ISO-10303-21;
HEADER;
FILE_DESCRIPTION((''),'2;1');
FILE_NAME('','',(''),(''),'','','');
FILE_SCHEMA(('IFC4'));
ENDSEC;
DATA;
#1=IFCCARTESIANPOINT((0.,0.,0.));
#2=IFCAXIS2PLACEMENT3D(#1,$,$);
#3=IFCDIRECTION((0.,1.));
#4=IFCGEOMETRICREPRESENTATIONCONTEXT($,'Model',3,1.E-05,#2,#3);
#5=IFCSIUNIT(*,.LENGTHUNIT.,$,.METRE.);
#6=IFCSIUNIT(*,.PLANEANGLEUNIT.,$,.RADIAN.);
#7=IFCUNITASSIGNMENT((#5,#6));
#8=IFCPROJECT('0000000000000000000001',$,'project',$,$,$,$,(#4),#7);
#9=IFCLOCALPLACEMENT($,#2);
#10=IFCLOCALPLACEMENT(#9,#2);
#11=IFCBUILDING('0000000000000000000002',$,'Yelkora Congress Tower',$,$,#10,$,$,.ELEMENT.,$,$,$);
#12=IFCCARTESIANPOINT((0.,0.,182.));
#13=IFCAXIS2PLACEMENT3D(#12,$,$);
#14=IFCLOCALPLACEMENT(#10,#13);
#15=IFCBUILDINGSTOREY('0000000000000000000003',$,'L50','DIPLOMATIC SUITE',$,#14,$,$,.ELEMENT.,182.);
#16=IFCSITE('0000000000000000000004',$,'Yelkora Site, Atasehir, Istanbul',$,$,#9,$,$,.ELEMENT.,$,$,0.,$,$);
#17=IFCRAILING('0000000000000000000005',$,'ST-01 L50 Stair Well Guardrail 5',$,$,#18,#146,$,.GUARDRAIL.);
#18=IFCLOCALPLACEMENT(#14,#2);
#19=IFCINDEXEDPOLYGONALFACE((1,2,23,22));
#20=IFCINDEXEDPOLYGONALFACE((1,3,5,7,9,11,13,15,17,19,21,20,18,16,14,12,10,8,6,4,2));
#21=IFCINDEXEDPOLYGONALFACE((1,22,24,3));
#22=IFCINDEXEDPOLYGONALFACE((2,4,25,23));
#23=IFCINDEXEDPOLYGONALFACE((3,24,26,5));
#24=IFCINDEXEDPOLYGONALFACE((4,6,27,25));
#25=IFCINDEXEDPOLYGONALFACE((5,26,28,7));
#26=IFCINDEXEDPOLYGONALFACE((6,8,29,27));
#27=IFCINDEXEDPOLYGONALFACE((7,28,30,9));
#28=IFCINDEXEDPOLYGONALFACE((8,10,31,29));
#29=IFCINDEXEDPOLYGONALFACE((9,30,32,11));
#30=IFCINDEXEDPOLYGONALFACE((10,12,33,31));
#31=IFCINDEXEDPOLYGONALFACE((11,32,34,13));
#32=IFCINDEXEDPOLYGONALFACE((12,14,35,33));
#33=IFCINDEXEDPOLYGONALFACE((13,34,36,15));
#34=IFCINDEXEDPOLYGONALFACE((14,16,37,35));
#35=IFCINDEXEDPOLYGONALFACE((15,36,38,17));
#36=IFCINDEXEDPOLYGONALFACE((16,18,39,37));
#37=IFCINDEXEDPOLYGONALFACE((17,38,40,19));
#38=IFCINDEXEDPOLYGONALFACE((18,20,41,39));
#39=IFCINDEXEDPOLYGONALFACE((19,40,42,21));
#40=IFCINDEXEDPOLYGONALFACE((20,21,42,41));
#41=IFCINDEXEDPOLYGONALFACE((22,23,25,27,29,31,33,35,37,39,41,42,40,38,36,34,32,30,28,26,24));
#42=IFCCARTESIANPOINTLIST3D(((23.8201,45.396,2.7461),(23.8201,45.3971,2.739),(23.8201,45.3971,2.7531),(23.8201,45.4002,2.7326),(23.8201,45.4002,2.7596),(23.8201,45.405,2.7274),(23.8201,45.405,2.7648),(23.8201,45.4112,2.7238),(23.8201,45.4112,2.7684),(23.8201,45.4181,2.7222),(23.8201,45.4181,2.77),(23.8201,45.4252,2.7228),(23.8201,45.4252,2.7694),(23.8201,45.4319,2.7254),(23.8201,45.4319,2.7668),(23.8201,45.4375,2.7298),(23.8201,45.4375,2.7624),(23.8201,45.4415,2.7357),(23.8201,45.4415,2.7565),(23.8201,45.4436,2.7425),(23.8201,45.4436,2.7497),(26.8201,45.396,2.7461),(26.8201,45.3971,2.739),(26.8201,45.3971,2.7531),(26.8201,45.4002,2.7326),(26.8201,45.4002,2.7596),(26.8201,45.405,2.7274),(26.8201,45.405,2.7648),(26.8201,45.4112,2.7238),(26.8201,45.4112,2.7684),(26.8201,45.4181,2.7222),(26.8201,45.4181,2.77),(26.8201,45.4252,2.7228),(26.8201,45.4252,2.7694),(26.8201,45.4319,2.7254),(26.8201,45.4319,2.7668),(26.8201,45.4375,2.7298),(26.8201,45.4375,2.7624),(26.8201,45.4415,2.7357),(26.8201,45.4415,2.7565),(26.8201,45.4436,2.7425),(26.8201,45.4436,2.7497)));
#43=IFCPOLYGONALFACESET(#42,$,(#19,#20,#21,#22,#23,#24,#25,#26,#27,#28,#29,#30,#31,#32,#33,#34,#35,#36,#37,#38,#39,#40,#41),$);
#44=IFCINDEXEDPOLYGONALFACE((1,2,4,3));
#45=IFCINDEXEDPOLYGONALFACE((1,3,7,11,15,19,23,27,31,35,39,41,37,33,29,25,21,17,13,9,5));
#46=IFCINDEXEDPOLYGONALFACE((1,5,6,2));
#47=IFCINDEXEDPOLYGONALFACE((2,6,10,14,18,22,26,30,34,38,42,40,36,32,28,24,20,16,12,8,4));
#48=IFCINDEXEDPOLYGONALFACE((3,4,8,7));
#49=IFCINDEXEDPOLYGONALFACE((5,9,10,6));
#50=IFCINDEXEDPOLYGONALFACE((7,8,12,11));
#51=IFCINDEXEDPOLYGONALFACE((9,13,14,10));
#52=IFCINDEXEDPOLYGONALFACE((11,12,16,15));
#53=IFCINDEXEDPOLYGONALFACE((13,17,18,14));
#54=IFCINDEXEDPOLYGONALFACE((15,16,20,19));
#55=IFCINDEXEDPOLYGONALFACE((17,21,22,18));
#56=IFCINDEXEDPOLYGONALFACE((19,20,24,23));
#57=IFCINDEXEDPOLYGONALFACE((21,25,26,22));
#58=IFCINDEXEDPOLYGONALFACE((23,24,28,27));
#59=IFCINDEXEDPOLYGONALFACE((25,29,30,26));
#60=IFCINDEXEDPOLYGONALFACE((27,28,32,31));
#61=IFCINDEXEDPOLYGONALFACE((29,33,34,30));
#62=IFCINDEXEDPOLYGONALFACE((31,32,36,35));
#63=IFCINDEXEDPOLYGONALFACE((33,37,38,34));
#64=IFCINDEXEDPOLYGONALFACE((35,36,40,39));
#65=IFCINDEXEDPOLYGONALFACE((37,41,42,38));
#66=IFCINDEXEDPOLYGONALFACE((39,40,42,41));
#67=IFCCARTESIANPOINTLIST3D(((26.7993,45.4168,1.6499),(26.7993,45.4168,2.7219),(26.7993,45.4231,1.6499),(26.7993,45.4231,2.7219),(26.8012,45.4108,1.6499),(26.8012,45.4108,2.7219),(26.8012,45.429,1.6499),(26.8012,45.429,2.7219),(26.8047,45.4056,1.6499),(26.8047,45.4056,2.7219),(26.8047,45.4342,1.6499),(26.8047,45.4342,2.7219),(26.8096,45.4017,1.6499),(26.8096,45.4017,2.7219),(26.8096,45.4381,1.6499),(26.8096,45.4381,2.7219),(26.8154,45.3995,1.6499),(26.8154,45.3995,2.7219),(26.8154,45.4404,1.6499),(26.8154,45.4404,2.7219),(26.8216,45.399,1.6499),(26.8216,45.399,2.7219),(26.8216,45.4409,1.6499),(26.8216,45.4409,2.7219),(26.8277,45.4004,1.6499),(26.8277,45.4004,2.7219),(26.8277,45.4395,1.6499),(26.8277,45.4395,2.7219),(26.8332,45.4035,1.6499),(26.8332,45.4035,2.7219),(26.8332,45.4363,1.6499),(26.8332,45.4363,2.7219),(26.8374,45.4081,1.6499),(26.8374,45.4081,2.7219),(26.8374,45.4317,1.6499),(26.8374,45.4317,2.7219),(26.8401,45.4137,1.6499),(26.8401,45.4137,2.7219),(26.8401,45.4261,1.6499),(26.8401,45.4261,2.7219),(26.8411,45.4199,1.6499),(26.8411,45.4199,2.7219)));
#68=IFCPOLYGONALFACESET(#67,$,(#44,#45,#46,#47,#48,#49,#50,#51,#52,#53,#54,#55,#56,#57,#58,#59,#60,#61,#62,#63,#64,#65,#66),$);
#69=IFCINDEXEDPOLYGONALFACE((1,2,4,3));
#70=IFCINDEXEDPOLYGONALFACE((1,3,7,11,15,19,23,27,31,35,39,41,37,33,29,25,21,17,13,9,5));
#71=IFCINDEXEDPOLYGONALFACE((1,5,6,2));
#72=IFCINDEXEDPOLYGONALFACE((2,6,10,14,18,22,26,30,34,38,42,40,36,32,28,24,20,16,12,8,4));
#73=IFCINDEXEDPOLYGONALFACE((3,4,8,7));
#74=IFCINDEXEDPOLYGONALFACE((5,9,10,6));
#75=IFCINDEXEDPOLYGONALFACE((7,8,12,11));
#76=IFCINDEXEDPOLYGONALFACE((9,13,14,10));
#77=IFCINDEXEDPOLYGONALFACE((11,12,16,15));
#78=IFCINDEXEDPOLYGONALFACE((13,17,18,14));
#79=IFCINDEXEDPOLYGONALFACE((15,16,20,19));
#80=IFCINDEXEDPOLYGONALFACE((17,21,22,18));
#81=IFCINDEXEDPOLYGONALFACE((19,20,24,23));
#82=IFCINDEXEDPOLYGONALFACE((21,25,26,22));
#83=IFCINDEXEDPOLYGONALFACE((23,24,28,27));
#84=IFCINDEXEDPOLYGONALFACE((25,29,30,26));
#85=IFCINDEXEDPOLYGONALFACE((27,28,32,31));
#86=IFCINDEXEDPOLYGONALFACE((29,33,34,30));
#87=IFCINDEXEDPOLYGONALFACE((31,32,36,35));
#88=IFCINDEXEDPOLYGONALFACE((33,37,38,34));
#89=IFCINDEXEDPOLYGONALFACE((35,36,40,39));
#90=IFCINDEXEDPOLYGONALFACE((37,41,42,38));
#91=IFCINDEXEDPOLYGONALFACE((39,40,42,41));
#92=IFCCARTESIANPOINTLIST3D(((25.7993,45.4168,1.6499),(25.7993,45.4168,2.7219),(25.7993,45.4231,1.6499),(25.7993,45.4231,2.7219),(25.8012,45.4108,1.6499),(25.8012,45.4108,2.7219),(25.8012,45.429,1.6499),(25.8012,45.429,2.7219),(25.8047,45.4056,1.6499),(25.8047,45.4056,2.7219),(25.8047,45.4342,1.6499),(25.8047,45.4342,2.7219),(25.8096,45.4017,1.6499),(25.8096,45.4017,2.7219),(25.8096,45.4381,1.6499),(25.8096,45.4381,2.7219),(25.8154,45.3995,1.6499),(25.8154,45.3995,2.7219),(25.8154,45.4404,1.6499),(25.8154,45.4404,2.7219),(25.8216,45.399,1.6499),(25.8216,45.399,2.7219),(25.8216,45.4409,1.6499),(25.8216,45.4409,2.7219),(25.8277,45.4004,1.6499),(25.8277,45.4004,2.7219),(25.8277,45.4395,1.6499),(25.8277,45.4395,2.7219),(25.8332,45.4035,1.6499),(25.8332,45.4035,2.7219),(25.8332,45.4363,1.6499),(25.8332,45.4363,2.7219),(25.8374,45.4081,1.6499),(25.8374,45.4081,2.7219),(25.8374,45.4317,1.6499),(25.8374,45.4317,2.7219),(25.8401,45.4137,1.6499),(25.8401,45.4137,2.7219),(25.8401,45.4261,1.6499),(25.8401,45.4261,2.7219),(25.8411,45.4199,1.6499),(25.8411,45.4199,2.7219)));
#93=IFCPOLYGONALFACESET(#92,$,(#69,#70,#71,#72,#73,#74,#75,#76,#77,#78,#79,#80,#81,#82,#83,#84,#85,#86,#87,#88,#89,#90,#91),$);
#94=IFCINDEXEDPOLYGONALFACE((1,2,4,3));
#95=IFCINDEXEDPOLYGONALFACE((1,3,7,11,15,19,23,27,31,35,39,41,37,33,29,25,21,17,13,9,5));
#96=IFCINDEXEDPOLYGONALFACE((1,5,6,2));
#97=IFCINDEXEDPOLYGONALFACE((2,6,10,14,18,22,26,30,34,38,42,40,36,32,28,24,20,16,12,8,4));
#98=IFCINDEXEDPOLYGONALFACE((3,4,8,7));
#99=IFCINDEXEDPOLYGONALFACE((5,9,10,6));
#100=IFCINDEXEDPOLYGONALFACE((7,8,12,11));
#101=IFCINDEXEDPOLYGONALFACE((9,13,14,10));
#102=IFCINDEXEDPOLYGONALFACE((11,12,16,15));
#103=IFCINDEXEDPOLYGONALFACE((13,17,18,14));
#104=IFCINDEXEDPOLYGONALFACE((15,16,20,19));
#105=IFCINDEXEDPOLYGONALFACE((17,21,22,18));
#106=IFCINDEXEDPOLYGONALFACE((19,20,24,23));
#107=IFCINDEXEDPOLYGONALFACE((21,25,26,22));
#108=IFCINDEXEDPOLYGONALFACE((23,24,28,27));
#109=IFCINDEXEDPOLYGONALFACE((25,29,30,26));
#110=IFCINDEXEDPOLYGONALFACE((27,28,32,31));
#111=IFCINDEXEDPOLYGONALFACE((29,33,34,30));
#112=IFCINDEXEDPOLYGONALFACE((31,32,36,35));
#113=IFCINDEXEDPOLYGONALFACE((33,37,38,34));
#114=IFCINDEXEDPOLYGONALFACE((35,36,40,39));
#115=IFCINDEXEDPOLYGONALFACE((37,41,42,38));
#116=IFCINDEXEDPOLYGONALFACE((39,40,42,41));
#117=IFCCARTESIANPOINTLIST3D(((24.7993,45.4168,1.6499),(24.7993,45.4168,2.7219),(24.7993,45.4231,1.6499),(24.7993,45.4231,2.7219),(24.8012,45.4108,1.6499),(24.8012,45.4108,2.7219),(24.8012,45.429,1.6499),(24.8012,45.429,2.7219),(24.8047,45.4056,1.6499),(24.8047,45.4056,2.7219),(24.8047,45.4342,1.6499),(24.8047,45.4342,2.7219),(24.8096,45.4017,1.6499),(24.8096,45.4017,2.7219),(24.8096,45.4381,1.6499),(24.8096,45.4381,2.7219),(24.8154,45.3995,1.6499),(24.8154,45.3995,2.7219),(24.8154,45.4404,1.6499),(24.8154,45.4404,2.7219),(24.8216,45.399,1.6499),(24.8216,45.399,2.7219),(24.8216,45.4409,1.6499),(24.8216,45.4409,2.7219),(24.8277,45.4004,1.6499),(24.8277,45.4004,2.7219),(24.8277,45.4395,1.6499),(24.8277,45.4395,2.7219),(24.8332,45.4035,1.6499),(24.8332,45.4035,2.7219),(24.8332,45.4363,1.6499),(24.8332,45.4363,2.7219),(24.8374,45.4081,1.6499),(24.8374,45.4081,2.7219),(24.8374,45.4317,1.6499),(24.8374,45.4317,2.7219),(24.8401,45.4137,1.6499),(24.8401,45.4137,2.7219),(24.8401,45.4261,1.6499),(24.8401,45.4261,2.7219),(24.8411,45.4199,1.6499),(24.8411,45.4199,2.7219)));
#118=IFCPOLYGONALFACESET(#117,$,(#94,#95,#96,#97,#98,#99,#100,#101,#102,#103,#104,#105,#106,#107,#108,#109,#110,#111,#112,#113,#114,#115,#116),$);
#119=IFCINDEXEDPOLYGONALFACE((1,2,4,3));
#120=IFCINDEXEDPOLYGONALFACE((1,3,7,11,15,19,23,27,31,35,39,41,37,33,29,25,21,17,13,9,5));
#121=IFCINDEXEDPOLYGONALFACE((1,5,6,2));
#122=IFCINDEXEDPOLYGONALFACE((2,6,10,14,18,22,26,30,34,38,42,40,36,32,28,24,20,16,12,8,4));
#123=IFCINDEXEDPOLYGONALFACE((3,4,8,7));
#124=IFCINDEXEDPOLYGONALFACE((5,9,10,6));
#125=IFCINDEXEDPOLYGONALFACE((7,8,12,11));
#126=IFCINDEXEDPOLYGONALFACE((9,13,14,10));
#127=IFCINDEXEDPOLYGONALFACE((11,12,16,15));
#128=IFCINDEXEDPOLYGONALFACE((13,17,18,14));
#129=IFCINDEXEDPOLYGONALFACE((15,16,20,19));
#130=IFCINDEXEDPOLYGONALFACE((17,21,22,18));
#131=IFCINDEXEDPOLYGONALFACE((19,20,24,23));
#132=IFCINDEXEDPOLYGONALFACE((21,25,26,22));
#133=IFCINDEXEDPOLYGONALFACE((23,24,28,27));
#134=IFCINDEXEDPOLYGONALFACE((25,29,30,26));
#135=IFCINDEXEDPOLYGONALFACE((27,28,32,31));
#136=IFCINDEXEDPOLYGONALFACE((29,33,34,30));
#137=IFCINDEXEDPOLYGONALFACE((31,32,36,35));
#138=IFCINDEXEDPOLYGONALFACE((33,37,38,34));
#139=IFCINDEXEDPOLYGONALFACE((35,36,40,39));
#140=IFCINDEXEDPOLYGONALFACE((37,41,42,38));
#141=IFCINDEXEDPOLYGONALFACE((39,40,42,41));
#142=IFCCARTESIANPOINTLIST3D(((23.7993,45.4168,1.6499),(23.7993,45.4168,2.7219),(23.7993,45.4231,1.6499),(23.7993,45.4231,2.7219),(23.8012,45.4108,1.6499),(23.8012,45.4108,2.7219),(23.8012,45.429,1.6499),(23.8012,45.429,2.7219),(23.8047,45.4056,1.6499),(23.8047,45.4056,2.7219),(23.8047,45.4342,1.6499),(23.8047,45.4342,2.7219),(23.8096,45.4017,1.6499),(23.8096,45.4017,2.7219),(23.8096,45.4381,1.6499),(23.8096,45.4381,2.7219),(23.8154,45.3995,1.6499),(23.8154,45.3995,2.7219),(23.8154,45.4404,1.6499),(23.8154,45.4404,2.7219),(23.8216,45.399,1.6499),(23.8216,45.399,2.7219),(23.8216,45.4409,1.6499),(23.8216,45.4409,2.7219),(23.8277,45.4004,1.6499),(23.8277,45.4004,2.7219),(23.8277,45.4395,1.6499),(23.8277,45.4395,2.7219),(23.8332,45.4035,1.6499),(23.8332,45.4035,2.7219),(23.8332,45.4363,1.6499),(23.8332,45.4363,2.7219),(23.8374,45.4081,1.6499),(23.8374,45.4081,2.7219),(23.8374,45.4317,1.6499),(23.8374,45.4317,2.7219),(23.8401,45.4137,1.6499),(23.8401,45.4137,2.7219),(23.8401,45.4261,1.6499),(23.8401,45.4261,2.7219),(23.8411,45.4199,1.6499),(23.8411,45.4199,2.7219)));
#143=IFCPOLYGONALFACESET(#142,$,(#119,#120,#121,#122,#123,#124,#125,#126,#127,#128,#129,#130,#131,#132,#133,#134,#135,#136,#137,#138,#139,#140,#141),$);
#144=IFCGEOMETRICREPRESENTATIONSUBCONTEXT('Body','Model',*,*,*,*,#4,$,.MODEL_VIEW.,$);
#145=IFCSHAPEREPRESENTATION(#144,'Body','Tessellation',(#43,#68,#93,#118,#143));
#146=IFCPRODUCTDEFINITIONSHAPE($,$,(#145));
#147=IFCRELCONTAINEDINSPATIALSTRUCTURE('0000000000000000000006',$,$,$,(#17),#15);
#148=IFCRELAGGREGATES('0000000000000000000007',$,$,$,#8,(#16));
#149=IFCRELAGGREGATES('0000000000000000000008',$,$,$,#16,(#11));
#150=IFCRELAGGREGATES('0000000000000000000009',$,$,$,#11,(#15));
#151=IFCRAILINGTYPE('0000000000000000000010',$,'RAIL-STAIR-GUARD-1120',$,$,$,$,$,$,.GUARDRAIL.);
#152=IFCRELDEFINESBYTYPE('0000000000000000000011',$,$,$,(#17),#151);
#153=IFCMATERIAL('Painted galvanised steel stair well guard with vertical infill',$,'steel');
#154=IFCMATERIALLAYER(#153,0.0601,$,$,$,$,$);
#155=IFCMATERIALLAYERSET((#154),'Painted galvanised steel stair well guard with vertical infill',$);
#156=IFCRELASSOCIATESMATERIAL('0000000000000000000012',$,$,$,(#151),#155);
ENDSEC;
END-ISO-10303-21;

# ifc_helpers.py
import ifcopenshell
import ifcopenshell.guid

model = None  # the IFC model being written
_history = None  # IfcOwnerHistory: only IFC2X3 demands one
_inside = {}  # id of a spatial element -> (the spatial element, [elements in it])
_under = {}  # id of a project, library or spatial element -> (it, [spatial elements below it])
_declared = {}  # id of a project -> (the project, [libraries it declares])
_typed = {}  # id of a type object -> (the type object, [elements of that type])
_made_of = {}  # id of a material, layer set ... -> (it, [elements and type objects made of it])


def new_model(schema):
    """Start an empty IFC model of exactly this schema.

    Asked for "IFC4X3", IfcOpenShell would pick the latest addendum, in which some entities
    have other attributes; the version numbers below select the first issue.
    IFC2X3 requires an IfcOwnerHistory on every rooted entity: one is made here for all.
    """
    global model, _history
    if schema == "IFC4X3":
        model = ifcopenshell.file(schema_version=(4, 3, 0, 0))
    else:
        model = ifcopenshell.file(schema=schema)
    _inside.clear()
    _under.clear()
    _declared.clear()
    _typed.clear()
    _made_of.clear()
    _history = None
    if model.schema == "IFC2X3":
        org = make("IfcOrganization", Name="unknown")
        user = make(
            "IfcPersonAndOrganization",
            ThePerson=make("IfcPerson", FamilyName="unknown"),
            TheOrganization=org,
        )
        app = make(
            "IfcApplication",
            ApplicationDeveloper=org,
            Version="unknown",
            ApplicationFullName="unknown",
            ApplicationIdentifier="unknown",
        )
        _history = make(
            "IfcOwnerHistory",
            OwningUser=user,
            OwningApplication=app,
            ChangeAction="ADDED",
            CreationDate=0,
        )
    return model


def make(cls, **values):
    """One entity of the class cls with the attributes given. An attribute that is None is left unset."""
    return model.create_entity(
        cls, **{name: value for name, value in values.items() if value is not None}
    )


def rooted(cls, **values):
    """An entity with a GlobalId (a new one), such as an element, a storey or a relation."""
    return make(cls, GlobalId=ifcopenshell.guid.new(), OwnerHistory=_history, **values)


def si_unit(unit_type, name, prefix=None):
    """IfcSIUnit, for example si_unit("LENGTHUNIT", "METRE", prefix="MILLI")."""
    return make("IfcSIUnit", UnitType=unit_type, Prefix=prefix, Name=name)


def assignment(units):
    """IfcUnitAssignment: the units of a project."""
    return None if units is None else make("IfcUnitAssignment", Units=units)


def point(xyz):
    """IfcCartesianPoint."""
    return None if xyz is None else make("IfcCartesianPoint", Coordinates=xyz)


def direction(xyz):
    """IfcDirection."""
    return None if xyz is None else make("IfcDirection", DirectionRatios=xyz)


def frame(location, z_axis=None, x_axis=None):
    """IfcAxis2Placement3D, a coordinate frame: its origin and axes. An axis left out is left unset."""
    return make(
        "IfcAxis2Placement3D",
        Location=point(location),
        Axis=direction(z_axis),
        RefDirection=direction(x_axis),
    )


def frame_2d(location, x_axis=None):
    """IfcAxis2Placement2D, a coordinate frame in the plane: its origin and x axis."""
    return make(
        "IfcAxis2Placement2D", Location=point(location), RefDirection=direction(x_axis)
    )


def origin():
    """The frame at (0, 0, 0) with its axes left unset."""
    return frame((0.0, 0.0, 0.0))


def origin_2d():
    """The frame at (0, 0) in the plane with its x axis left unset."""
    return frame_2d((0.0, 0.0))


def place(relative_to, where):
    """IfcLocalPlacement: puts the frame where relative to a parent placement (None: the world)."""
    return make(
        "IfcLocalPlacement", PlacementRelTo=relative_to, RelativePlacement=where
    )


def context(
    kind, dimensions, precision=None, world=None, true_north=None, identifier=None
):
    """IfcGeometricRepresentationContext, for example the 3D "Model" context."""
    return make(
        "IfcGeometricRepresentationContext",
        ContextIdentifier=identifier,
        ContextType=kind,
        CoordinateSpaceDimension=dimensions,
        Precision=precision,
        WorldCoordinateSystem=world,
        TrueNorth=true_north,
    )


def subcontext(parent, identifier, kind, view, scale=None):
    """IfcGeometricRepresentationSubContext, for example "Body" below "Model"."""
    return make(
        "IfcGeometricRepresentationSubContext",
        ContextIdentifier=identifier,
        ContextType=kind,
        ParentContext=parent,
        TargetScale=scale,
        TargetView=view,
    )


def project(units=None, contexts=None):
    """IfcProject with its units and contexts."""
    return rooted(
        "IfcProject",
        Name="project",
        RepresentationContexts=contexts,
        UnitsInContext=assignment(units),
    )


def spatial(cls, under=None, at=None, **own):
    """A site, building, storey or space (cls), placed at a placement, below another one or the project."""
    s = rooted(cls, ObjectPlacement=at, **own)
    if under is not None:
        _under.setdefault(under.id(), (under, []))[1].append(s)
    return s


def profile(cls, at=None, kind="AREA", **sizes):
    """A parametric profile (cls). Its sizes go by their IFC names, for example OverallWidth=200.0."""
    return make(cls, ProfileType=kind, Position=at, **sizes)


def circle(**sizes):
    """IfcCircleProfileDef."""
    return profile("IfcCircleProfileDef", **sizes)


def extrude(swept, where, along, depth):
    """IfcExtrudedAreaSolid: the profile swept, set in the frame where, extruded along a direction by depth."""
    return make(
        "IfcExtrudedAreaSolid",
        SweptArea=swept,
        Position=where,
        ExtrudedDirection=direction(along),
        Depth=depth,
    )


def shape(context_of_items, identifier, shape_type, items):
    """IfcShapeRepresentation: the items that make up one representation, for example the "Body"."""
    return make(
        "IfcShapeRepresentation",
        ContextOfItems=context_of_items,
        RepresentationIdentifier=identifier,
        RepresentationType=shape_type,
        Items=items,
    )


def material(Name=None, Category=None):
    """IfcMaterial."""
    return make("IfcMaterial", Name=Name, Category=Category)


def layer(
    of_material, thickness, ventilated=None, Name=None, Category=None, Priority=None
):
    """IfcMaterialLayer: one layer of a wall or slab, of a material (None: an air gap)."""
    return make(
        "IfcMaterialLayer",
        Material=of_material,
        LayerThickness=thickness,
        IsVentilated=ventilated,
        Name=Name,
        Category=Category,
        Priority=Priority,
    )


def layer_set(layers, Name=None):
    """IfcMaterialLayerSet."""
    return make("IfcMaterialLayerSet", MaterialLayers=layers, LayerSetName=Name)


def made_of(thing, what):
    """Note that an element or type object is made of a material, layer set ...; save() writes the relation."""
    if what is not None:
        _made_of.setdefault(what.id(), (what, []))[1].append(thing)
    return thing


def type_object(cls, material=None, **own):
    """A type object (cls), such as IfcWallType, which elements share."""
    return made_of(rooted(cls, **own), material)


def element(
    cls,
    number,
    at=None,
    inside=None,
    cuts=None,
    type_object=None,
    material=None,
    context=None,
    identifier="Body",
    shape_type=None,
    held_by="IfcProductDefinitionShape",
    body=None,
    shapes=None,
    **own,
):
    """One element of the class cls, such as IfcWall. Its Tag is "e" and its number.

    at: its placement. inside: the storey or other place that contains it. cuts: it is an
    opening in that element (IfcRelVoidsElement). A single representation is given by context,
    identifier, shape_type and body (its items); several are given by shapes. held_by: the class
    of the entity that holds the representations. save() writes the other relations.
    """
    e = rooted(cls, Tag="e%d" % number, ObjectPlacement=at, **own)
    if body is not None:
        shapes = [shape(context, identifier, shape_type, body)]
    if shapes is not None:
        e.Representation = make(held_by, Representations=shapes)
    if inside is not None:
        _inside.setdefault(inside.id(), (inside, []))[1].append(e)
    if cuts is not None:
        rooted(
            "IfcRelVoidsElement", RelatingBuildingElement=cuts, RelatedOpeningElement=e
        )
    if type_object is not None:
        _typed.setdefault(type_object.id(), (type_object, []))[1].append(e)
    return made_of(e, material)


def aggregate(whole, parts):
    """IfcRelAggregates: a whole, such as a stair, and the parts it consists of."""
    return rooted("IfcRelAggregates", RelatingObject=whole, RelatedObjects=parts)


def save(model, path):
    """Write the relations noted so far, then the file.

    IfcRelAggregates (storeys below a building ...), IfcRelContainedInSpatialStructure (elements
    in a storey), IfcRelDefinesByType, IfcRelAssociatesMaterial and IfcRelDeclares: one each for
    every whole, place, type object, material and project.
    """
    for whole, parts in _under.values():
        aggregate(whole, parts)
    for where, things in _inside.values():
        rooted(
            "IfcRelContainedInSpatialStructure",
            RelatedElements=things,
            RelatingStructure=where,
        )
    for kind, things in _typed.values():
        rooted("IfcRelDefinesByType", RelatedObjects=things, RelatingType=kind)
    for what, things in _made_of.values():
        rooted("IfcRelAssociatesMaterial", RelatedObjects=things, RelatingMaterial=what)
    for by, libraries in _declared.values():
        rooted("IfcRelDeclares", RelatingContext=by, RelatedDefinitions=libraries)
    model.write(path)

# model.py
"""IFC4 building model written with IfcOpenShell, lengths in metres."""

from ifc_helpers import new_model, si_unit, direction, frame, origin, origin_2d, place, context, subcontext, project, spatial, circle, extrude, material, layer, layer_set, type_object, element, save


model = new_model("IFC4")

# Units and contexts
model_context = context("Model", 3, precision=1e-05, world=origin(), true_north=direction((0.0, 1.0)))
body_context = subcontext(model_context, "Body", "Model", "MODEL_VIEW")
ifc_project = project(units=[si_unit("LENGTHUNIT", "METRE"), si_unit("PLANEANGLEUNIT", "RADIAN")], contexts=[model_context])

# Site, building, storey
site_placement = place(None, origin())
site = spatial("IfcSite", under=ifc_project, at=site_placement, Name="Yelkora Site, Atasehir, Istanbul", CompositionType="ELEMENT", RefElevation=0.0)
building_placement = place(site_placement, origin())
building = spatial("IfcBuilding", under=site, at=building_placement, Name="Yelkora Congress Tower", CompositionType="ELEMENT")
storey_placement = place(building_placement, frame((0.0, 0.0, 182.0)))
storey = spatial("IfcBuildingStorey", under=building, at=storey_placement, Name="L50", Description="DIPLOMATIC SUITE", CompositionType="ELEMENT", Elevation=182.0)

# Railing
ifc_material_1 = material(Name="Painted galvanised steel stair well guard with vertical infill", Category="steel")
ifc_layer_1 = layer(ifc_material_1, 0.0601)
ifc_layer_set_1 = layer_set([ifc_layer_1], Name="Painted galvanised steel stair well guard with vertical infill")
railing_type_1 = type_object("IfcRailingType", Name="RAIL-STAIR-GUARD-1120", PredefinedType="GUARDRAIL", material=ifc_layer_set_1)
railing_1_placement = place(storey_placement, frame((26.8201, 45.4199, 1.6499)))
element("IfcRailing", 1, at=railing_1_placement, inside=storey, type_object=railing_type_1, Name="ST-01 L50 Stair Well Guardrail 5", PredefinedType="GUARDRAIL", context=body_context, shape_type="SweptSolid", body=[
    extrude(circle(Radius=0.0239, at=origin_2d()), frame((0.0, 0.0, 1.0962), z_axis=(-1.0, 0.0, 0.0), x_axis=(0.0, -1.0, 0.0)), (0.0, 0.0, 1.0), 3.0),
    extrude(circle(Radius=0.021, at=origin_2d()), origin(), (0.0, 0.0, 1.0), 1.072),
    extrude(circle(Radius=0.021, at=origin_2d()), frame((-1.0, 0.0, 0.0)), (0.0, 0.0, 1.0), 1.072),
    extrude(circle(Radius=0.021, at=origin_2d()), frame((-2.0, 0.0, 0.0)), (0.0, 0.0, 1.0), 1.072),
    extrude(circle(Radius=0.021, at=origin_2d()), frame((-3.0, 0.0, 0.0)), (0.0, 0.0, 1.0), 1.072),
])

save(model, "model.ifc")
